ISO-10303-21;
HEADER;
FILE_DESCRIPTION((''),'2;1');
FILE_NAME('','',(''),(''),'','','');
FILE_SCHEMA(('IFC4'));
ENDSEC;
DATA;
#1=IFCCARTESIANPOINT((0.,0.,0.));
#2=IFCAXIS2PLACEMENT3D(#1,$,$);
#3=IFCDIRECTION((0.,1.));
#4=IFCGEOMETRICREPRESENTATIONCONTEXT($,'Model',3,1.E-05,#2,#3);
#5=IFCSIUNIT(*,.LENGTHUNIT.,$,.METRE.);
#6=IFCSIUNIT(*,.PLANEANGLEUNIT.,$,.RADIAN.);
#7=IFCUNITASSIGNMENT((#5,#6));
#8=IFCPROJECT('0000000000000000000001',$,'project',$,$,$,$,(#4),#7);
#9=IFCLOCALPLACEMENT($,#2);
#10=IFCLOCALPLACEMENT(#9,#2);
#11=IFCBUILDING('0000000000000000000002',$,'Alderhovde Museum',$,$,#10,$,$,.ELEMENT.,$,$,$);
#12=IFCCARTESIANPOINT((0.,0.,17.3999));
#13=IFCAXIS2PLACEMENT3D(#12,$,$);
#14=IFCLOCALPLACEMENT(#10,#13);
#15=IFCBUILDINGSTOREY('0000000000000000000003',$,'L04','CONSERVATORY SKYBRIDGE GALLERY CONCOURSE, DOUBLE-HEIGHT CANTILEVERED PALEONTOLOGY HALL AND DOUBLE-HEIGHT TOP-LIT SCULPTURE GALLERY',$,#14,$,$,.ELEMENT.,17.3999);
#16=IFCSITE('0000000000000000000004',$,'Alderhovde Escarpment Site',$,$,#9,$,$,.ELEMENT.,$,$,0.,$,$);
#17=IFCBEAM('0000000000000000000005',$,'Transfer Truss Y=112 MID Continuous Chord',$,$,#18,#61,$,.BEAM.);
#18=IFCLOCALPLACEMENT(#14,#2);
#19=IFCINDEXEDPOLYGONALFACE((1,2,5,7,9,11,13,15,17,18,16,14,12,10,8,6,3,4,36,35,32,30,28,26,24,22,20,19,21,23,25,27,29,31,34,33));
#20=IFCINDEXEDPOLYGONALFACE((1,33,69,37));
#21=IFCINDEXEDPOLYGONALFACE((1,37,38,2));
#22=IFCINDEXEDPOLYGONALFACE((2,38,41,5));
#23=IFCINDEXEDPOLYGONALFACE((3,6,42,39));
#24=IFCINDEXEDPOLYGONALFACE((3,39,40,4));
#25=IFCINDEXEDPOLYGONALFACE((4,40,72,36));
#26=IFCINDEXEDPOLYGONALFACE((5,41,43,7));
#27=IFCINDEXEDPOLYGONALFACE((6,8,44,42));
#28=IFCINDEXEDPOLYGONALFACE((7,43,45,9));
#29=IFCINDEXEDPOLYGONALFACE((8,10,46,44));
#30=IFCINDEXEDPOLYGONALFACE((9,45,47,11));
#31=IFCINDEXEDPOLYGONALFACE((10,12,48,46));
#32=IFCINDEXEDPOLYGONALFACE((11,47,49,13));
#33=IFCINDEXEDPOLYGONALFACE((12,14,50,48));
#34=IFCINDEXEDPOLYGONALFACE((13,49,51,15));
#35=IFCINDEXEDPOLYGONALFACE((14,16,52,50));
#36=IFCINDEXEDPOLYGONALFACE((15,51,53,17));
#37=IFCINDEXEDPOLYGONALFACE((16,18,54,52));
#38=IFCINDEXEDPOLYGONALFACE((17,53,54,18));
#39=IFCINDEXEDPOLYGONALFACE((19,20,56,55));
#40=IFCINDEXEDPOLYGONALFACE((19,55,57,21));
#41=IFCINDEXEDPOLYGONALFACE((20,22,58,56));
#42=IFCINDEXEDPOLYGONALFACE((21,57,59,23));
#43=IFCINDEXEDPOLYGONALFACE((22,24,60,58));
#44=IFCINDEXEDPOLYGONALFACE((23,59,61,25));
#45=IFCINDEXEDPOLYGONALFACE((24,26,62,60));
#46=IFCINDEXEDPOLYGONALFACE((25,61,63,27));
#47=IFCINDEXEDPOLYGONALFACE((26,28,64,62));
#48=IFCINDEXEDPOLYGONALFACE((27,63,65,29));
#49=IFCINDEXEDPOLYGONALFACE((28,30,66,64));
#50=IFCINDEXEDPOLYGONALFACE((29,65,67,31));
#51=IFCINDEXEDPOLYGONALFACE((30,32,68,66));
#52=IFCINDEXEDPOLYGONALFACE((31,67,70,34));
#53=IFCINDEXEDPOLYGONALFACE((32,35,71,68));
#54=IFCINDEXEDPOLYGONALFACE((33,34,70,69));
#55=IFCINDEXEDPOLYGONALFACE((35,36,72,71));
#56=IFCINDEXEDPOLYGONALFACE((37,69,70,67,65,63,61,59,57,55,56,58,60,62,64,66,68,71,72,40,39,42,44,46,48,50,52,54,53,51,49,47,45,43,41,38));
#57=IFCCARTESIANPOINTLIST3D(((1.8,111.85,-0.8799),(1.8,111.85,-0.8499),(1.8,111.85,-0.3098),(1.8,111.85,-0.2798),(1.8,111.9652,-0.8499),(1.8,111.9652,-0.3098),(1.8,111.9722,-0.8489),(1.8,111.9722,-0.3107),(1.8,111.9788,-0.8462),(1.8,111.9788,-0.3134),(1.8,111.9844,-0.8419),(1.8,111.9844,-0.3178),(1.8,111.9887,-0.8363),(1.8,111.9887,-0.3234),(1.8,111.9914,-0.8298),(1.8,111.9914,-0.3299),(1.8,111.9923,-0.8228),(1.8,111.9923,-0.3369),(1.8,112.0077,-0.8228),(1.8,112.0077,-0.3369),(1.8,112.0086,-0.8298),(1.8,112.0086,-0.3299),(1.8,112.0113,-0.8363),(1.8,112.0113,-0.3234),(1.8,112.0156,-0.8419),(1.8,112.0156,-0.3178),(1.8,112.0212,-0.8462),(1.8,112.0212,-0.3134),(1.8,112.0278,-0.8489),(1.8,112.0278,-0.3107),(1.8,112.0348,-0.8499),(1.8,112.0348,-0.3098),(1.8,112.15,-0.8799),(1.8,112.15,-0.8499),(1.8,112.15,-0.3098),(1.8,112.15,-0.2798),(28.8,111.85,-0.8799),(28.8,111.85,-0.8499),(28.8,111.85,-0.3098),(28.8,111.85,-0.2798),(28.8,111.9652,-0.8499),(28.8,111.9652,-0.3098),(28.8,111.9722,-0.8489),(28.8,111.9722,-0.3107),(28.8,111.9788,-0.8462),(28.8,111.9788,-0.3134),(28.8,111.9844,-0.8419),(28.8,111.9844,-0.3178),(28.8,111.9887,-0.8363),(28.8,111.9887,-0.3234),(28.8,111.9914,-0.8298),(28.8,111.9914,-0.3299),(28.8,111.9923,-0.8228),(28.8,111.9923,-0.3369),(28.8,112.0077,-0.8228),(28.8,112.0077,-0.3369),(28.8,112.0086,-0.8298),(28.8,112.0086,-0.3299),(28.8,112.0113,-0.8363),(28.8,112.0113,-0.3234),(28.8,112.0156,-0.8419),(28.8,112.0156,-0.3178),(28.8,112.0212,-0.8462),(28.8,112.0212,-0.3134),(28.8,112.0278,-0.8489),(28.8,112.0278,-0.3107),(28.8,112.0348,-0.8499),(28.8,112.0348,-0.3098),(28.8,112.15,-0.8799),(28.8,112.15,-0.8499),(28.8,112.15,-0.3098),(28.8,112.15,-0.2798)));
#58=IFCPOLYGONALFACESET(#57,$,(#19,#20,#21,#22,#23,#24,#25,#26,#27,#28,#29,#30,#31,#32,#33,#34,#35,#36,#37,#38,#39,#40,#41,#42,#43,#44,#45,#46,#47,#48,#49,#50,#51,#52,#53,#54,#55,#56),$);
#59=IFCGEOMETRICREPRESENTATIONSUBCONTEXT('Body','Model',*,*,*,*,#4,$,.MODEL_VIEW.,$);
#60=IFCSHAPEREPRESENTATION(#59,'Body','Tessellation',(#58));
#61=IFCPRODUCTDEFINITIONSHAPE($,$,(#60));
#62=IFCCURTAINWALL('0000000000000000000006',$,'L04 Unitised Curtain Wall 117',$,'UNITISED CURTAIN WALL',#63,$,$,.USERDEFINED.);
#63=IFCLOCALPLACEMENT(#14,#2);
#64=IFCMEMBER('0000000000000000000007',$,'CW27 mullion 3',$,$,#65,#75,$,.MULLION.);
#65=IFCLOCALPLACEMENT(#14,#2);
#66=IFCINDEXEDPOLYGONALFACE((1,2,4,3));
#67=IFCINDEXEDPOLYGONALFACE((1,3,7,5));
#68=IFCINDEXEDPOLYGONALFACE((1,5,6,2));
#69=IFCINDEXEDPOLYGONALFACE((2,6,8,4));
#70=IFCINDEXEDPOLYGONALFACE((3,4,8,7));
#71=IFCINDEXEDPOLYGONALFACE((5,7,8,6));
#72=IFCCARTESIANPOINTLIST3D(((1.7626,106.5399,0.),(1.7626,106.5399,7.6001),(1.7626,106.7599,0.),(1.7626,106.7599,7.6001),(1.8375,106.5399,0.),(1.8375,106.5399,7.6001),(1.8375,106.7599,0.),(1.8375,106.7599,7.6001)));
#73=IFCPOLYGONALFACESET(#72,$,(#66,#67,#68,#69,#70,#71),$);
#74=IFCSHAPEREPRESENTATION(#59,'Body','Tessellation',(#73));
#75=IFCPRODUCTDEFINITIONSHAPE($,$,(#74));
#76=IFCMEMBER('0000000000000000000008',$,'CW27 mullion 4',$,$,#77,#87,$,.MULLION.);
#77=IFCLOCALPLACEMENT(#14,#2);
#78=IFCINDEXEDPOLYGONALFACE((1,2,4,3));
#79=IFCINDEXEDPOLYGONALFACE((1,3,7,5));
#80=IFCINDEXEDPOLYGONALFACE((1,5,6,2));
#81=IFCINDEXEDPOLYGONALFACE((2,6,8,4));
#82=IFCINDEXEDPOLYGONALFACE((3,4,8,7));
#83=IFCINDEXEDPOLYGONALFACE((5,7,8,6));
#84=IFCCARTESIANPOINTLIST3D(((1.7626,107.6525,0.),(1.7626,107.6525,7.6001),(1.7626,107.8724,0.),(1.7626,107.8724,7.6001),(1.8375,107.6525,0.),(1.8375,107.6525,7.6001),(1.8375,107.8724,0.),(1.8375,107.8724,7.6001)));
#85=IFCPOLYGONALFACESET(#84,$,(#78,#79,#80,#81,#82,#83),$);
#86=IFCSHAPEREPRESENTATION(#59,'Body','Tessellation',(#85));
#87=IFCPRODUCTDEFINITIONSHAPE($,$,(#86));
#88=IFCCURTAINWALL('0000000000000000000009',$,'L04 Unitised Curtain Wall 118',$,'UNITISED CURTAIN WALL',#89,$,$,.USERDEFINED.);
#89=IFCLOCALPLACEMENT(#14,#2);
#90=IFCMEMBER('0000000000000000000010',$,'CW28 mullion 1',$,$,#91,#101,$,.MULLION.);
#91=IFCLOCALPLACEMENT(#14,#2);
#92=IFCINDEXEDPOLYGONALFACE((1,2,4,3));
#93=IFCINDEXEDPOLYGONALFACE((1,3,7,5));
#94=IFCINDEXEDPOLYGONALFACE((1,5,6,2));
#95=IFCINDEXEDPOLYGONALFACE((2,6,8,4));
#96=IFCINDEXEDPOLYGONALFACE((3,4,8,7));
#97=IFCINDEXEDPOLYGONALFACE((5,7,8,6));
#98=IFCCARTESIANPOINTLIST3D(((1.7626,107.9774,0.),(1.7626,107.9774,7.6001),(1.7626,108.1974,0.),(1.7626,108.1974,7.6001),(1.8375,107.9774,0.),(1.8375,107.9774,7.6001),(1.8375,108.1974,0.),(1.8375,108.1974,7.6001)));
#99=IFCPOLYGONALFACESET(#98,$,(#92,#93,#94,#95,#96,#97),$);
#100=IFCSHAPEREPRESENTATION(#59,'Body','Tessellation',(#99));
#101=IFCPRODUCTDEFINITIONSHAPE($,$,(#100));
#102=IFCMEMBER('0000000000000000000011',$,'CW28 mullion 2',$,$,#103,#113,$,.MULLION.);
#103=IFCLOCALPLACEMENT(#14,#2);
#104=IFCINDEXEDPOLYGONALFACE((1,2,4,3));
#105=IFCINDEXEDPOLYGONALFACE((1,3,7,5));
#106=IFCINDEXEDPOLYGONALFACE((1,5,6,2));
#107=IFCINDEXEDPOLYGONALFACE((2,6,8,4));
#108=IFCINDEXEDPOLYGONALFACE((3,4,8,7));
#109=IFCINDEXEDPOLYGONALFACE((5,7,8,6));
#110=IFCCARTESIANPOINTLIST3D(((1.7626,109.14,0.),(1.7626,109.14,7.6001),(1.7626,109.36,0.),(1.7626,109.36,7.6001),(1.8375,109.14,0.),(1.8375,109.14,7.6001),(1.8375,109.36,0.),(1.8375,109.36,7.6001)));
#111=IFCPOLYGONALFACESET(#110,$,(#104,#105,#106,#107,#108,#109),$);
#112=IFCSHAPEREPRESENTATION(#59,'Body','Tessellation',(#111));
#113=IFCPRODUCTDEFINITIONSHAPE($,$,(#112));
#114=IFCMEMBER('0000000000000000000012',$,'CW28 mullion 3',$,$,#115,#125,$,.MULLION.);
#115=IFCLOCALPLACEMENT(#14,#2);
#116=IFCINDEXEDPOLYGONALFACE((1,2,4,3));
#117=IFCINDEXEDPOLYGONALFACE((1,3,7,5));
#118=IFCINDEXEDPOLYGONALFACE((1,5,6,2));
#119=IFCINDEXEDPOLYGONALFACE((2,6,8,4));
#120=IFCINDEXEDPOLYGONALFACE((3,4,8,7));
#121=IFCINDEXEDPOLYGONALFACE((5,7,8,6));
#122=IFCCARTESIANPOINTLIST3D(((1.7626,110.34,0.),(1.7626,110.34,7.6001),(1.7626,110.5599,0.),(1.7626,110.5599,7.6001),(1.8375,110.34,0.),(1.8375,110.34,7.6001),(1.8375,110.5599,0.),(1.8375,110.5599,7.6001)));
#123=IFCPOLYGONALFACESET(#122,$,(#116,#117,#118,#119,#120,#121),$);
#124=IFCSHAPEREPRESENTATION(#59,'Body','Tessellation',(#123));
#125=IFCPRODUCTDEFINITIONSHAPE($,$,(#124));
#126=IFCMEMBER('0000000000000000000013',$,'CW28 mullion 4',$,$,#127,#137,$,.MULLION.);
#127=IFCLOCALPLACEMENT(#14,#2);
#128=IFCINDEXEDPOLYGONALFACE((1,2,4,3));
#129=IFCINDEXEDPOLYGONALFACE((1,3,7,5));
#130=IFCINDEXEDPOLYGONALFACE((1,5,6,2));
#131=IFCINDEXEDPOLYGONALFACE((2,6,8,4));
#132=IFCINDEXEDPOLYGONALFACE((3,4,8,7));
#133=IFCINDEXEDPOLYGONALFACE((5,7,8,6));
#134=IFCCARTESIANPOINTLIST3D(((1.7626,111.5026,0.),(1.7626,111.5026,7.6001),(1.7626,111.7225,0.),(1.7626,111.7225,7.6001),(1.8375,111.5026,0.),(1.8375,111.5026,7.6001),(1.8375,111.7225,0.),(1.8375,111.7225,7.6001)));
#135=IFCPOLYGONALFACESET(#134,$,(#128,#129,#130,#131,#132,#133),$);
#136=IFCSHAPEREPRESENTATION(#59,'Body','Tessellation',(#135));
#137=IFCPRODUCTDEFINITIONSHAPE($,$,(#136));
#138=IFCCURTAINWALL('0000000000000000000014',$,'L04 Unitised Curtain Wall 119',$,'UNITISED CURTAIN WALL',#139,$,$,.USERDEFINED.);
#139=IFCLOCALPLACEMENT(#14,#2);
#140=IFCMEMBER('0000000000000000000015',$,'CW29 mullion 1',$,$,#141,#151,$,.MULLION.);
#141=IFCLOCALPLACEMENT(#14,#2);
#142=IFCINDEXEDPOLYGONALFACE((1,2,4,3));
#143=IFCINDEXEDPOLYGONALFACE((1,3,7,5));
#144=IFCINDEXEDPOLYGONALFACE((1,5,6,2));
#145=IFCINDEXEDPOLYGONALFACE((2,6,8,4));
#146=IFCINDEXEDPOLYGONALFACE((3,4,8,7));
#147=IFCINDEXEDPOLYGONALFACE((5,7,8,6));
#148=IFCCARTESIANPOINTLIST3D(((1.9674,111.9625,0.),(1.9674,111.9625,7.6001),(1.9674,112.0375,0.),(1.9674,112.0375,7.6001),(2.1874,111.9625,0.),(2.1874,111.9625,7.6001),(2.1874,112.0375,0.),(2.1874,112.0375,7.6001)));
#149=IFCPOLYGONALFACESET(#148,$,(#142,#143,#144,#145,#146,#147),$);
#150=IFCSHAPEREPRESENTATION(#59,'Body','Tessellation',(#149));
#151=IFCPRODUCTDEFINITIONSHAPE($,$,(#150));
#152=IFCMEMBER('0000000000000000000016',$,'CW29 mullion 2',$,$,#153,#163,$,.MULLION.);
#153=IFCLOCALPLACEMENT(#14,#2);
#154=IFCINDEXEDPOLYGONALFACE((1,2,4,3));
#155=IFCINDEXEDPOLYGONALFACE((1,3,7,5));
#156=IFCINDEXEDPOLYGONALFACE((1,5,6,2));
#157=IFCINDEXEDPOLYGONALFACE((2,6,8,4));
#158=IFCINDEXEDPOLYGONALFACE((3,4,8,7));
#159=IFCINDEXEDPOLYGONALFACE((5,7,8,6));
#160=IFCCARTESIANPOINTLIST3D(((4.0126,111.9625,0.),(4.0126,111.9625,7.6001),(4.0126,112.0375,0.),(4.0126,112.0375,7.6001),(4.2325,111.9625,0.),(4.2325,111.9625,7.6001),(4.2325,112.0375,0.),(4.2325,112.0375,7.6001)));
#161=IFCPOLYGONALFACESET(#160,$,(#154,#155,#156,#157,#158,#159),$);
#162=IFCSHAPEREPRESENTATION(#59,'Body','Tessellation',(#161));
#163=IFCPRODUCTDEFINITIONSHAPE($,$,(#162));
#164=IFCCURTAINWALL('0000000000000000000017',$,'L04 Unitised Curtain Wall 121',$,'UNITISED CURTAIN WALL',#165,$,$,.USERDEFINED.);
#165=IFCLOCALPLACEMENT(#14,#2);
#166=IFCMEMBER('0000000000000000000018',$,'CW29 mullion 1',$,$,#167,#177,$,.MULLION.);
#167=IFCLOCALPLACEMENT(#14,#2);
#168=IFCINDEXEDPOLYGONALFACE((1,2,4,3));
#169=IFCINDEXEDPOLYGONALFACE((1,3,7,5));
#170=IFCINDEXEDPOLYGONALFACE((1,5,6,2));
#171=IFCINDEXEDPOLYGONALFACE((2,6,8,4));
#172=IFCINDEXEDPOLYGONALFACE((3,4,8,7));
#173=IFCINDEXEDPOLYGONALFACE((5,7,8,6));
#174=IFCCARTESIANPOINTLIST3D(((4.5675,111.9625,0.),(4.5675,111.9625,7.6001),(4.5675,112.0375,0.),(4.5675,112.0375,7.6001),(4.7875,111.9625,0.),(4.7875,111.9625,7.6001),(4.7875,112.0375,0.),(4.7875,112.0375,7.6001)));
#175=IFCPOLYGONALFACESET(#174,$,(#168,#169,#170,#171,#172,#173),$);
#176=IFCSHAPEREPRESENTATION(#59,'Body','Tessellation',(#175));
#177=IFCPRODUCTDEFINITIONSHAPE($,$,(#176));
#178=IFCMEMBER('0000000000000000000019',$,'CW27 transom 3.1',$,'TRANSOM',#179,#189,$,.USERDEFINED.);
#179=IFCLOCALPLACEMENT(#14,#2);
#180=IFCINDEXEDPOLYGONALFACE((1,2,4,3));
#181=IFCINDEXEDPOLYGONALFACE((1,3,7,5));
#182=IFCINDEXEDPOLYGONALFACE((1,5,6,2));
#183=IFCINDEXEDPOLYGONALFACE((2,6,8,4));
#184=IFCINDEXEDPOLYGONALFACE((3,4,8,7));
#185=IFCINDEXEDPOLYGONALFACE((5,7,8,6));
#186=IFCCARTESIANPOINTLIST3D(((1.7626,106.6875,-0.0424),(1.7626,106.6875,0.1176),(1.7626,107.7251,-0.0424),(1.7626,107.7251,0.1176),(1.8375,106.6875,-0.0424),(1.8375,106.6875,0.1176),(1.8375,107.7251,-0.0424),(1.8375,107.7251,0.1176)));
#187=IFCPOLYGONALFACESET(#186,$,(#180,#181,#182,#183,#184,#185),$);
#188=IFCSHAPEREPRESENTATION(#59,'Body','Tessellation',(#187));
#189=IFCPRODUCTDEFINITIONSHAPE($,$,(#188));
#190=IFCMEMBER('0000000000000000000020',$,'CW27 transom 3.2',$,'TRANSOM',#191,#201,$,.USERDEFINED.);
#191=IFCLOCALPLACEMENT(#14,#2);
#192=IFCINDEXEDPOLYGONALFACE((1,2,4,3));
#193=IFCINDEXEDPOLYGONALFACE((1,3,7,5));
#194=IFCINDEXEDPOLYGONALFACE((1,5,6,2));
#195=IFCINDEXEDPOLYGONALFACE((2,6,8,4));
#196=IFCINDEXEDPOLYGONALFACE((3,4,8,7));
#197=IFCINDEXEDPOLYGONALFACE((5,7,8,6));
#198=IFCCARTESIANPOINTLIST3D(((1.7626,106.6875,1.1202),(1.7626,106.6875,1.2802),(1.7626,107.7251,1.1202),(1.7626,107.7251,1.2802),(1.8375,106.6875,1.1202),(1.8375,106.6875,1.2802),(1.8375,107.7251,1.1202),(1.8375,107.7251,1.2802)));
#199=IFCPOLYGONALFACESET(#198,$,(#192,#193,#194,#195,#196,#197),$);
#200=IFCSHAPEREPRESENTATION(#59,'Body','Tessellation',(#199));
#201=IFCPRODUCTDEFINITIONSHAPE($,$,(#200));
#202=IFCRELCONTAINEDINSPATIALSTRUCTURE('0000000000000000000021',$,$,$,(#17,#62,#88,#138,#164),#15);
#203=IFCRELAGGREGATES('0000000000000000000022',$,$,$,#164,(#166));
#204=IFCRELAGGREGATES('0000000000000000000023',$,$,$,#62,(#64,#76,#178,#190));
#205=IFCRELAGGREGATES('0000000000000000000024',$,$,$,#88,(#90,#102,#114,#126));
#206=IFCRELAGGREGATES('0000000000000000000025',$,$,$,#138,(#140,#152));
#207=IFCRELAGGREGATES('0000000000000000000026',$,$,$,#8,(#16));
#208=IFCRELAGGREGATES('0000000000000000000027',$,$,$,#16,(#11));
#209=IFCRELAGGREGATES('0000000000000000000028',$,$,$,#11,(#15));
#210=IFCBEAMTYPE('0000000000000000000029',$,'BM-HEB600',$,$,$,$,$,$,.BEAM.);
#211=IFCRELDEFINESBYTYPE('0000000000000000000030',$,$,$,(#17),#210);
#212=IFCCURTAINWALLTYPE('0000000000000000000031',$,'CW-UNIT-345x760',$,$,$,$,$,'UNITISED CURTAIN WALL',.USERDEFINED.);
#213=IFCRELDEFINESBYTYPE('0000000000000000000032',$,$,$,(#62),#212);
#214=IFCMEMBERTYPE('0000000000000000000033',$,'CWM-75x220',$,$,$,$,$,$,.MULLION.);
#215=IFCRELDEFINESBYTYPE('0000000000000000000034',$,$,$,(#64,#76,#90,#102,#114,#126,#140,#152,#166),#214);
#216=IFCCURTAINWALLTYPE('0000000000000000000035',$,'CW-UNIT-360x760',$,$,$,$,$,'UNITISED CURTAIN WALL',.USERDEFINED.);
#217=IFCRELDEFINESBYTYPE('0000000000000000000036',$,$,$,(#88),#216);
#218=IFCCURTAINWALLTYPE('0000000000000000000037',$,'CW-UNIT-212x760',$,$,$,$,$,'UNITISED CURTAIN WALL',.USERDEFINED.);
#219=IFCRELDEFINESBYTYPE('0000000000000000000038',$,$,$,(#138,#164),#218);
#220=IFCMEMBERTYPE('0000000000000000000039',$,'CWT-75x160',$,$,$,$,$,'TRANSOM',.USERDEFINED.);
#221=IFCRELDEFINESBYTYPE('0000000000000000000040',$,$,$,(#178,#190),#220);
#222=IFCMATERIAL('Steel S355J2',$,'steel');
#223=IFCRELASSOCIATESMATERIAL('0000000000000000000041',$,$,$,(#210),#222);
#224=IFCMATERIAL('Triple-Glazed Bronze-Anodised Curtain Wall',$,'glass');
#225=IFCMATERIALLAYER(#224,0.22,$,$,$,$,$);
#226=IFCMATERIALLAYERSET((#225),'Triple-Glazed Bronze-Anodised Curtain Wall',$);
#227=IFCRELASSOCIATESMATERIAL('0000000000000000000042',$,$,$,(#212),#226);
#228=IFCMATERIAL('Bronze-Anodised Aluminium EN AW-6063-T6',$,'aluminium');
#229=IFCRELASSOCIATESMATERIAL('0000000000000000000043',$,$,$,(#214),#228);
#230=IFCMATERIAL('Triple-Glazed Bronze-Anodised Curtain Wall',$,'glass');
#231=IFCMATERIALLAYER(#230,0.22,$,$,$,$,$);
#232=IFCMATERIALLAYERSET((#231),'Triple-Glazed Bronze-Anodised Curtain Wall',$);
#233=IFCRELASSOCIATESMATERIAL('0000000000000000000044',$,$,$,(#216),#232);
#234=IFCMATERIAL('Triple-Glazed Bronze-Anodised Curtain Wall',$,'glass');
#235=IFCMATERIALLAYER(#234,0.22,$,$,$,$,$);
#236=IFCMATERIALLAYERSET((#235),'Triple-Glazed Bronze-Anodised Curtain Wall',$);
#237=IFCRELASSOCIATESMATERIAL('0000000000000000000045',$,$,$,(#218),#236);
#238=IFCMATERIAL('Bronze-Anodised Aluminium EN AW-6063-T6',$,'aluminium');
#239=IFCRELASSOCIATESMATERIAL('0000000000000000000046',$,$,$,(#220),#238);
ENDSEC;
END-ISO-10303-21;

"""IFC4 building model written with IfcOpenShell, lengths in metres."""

from ifc_helpers import new_model, si_unit, direction, frame, origin, origin_2d, place, context, subcontext, project, spatial, rectangle, i_section, extrude, material, layer, layer_set, material_profile, profile_set, type_object, element, aggregate, save


model = new_model("IFC4")

# Units and contexts
model_context = context("Model", 3, precision=1e-05, world=origin(), true_north=direction((0.0, 1.0)))
body_context = subcontext(model_context, "Body", "Model", "MODEL_VIEW")
ifc_project = project(units=[si_unit("LENGTHUNIT", "METRE"), si_unit("PLANEANGLEUNIT", "RADIAN")], contexts=[model_context])

# Site, building, storey
site_placement = place(None, origin())
site = spatial("IfcSite", under=ifc_project, at=site_placement, Name="Alderhovde Escarpment Site", CompositionType="ELEMENT", RefElevation=0.0)
building_placement = place(site_placement, origin())
building = spatial("IfcBuilding", under=site, at=building_placement, Name="Alderhovde Museum", CompositionType="ELEMENT")
storey_placement = place(building_placement, frame((0.0, 0.0, 17.3999)))
storey = spatial("IfcBuildingStorey", under=building, at=storey_placement, Name="L04", Description="CONSERVATORY SKYBRIDGE GALLERY CONCOURSE, DOUBLE-HEIGHT CANTILEVERED PALEONTOLOGY HALL AND DOUBLE-HEIGHT TOP-LIT SCULPTURE GALLERY", CompositionType="ELEMENT", Elevation=17.3999)

# Beam
ifc_material_1 = material(Name="Steel S355J2", Category="steel")
ifc_material_profile_1 = material_profile(ifc_material_1, i_section(OverallWidth=0.3, OverallDepth=0.6001, WebThickness=0.0154, FlangeThickness=0.03, FilletRadius=0.0271, at=origin_2d()), Name="HEB 600")
ifc_profile_set_1 = profile_set([ifc_material_profile_1], Name="Steel S355J2")
beam_type = type_object("IfcBeamType", Name="BM-HEB600", PredefinedType="BEAM", material=ifc_profile_set_1)
beam_placement = place(storey_placement, frame((1.8, 112.0, -0.5798), z_axis=(1.0, 0.0, 0.0), x_axis=(0.0, 1.0, 0.0)))
element("IfcBeam", 1, at=beam_placement, inside=storey, type_object=beam_type, Name="Transfer Truss Y=112 MID Continuous Chord", PredefinedType="BEAM", context=body_context, shape_type="SweptSolid", body=[
    extrude(i_section(OverallWidth=0.3, OverallDepth=0.6001, WebThickness=0.0154, FlangeThickness=0.03, FilletRadius=0.0271, at=origin_2d()), origin(), (0.0, 0.0, 1.0), 27.0),
])

# Curtain walls, members
ifc_material_2 = material(Name="Triple-Glazed Bronze-Anodised Curtain Wall", Category="glass")
ifc_layer_1 = layer(ifc_material_2, 0.22)
ifc_layer_set_1 = layer_set([ifc_layer_1], Name="Triple-Glazed Bronze-Anodised Curtain Wall")
curtain_wall_type_1 = type_object("IfcCurtainWallType", Name="CW-UNIT-345x760", ElementType="UNITISED CURTAIN WALL", PredefinedType="USERDEFINED", material=ifc_layer_set_1)
curtain_wall_1_placement = place(storey_placement, origin())
curtain_wall_1 = element("IfcCurtainWall", 2, at=curtain_wall_1_placement, inside=storey, type_object=curtain_wall_type_1, Name="L04 Unitised Curtain Wall 117", ObjectType="UNITISED CURTAIN WALL", PredefinedType="USERDEFINED")
ifc_material_3 = material(Name="Bronze-Anodised Aluminium EN AW-6063-T6", Category="aluminium")
ifc_material_profile_2 = material_profile(ifc_material_3, rectangle(XDim=0.075, YDim=0.22, at=origin_2d()), Name="MULLION 75x220")
ifc_profile_set_2 = profile_set([ifc_material_profile_2], Name="Bronze-Anodised Aluminium EN AW-6063-T6")
member_type_1 = type_object("IfcMemberType", Name="CWM-75x220", PredefinedType="MULLION", material=ifc_profile_set_2)
member_1_placement = place(storey_placement, frame((1.8, 106.6499, 0.0), z_axis=(0.0, 0.0, 1.0), x_axis=(-1.0, 0.0, 0.0)))
member_1 = element("IfcMember", 3, at=member_1_placement, type_object=member_type_1, Name="CW27 mullion 3", PredefinedType="MULLION", context=body_context, shape_type="SweptSolid", body=[
    extrude(rectangle(XDim=0.075, YDim=0.22, at=origin_2d()), origin(), (0.0, 0.0, 1.0), 7.6001),
])
member_2_placement = place(storey_placement, frame((1.8, 107.7625, 0.0), z_axis=(0.0, 0.0, 1.0), x_axis=(-1.0, 0.0, 0.0)))
member_2 = element("IfcMember", 4, at=member_2_placement, type_object=member_type_1, Name="CW27 mullion 4", PredefinedType="MULLION", context=body_context, shape_type="SweptSolid", body=[
    extrude(rectangle(XDim=0.075, YDim=0.22, at=origin_2d()), origin(), (0.0, 0.0, 1.0), 7.6001),
])
ifc_material_4 = material(Name="Triple-Glazed Bronze-Anodised Curtain Wall", Category="glass")
ifc_layer_2 = layer(ifc_material_4, 0.22)
ifc_layer_set_2 = layer_set([ifc_layer_2], Name="Triple-Glazed Bronze-Anodised Curtain Wall")
curtain_wall_type_2 = type_object("IfcCurtainWallType", Name="CW-UNIT-360x760", ElementType="UNITISED CURTAIN WALL", PredefinedType="USERDEFINED", material=ifc_layer_set_2)
curtain_wall_2_placement = place(storey_placement, origin())
curtain_wall_2 = element("IfcCurtainWall", 5, at=curtain_wall_2_placement, inside=storey, type_object=curtain_wall_type_2, Name="L04 Unitised Curtain Wall 118", ObjectType="UNITISED CURTAIN WALL", PredefinedType="USERDEFINED")
member_3_placement = place(storey_placement, frame((1.8, 108.0874, 0.0), z_axis=(0.0, 0.0, 1.0), x_axis=(-1.0, 0.0, 0.0)))
member_3 = element("IfcMember", 6, at=member_3_placement, type_object=member_type_1, Name="CW28 mullion 1", PredefinedType="MULLION", context=body_context, shape_type="SweptSolid", body=[
    extrude(rectangle(XDim=0.075, YDim=0.22, at=origin_2d()), origin(), (0.0, 0.0, 1.0), 7.6001),
])
member_4_placement = place(storey_placement, frame((1.8, 109.25, 0.0), z_axis=(0.0, 0.0, 1.0), x_axis=(-1.0, 0.0, 0.0)))
member_4 = element("IfcMember", 7, at=member_4_placement, type_object=member_type_1, Name="CW28 mullion 2", PredefinedType="MULLION", context=body_context, shape_type="SweptSolid", body=[
    extrude(rectangle(XDim=0.075, YDim=0.22, at=origin_2d()), origin(), (0.0, 0.0, 1.0), 7.6001),
])
member_5_placement = place(storey_placement, frame((1.8, 110.45, 0.0), z_axis=(0.0, 0.0, 1.0), x_axis=(-1.0, 0.0, 0.0)))
member_5 = element("IfcMember", 8, at=member_5_placement, type_object=member_type_1, Name="CW28 mullion 3", PredefinedType="MULLION", context=body_context, shape_type="SweptSolid", body=[
    extrude(rectangle(XDim=0.075, YDim=0.22, at=origin_2d()), origin(), (0.0, 0.0, 1.0), 7.6001),
])
member_6_placement = place(storey_placement, frame((1.8, 111.6125, 0.0), z_axis=(0.0, 0.0, 1.0), x_axis=(-1.0, 0.0, 0.0)))
member_6 = element("IfcMember", 9, at=member_6_placement, type_object=member_type_1, Name="CW28 mullion 4", PredefinedType="MULLION", context=body_context, shape_type="SweptSolid", body=[
    extrude(rectangle(XDim=0.075, YDim=0.22, at=origin_2d()), origin(), (0.0, 0.0, 1.0), 7.6001),
])
ifc_material_5 = material(Name="Triple-Glazed Bronze-Anodised Curtain Wall", Category="glass")
ifc_layer_3 = layer(ifc_material_5, 0.22)
ifc_layer_set_3 = layer_set([ifc_layer_3], Name="Triple-Glazed Bronze-Anodised Curtain Wall")
curtain_wall_type_3 = type_object("IfcCurtainWallType", Name="CW-UNIT-212x760", ElementType="UNITISED CURTAIN WALL", PredefinedType="USERDEFINED", material=ifc_layer_set_3)
curtain_wall_3_placement = place(storey_placement, origin())
curtain_wall_3 = element("IfcCurtainWall", 10, at=curtain_wall_3_placement, inside=storey, type_object=curtain_wall_type_3, Name="L04 Unitised Curtain Wall 119", ObjectType="UNITISED CURTAIN WALL", PredefinedType="USERDEFINED")
member_7_placement = place(storey_placement, frame((2.0774, 112.0, 0.0), z_axis=(0.0, 0.0, 1.0), x_axis=(0.0, 1.0, 0.0)))
member_7 = element("IfcMember", 11, at=member_7_placement, type_object=member_type_1, Name="CW29 mullion 1", PredefinedType="MULLION", context=body_context, shape_type="SweptSolid", body=[
    extrude(rectangle(XDim=0.075, YDim=0.22, at=origin_2d()), origin(), (0.0, 0.0, 1.0), 7.6001),
])
member_8_placement = place(storey_placement, frame((4.1226, 112.0, 0.0), z_axis=(0.0, 0.0, 1.0), x_axis=(0.0, 1.0, 0.0)))
member_8 = element("IfcMember", 12, at=member_8_placement, type_object=member_type_1, Name="CW29 mullion 2", PredefinedType="MULLION", context=body_context, shape_type="SweptSolid", body=[
    extrude(rectangle(XDim=0.075, YDim=0.22, at=origin_2d()), origin(), (0.0, 0.0, 1.0), 7.6001),
])

# Curtain wall, member
curtain_wall_4_placement = place(storey_placement, origin())
curtain_wall_4 = element("IfcCurtainWall", 13, at=curtain_wall_4_placement, inside=storey, type_object=curtain_wall_type_3, Name="L04 Unitised Curtain Wall 121", ObjectType="UNITISED CURTAIN WALL", PredefinedType="USERDEFINED")
member_9_placement = place(storey_placement, frame((4.6775, 112.0, 0.0), z_axis=(0.0, 0.0, 1.0), x_axis=(0.0, 1.0, 0.0)))
member_9 = element("IfcMember", 14, at=member_9_placement, type_object=member_type_1, Name="CW29 mullion 1", PredefinedType="MULLION", context=body_context, shape_type="SweptSolid", body=[
    extrude(rectangle(XDim=0.075, YDim=0.22, at=origin_2d()), origin(), (0.0, 0.0, 1.0), 7.6001),
])
aggregate(curtain_wall_4, [member_9])

# Members
ifc_material_6 = material(Name="Bronze-Anodised Aluminium EN AW-6063-T6", Category="aluminium")
ifc_material_profile_3 = material_profile(ifc_material_6, rectangle(XDim=0.075, YDim=0.1599, at=origin_2d()), Name="TRANSOM 75x160")
ifc_profile_set_3 = profile_set([ifc_material_profile_3], Name="Bronze-Anodised Aluminium EN AW-6063-T6")
member_type_2 = type_object("IfcMemberType", Name="CWT-75x160", ElementType="TRANSOM", PredefinedType="USERDEFINED", material=ifc_profile_set_3)
member_10_placement = place(storey_placement, frame((1.8, 106.6875, 0.0376), z_axis=(0.0, 1.0, 0.0), x_axis=(-1.0, 0.0, 0.0)))
member_10 = element("IfcMember", 15, at=member_10_placement, type_object=member_type_2, Name="CW27 transom 3.1", ObjectType="TRANSOM", PredefinedType="USERDEFINED", context=body_context, shape_type="SweptSolid", body=[
    extrude(rectangle(XDim=0.075, YDim=0.1599, at=origin_2d()), origin(), (0.0, 0.0, 1.0), 1.0376),
])
member_11_placement = place(storey_placement, frame((1.8, 106.6875, 1.2002), z_axis=(0.0, 1.0, 0.0), x_axis=(-1.0, 0.0, 0.0)))
member_11 = element("IfcMember", 16, at=member_11_placement, type_object=member_type_2, Name="CW27 transom 3.2", ObjectType="TRANSOM", PredefinedType="USERDEFINED", context=body_context, shape_type="SweptSolid", body=[
    extrude(rectangle(XDim=0.075, YDim=0.1599, at=origin_2d()), origin(), (0.0, 0.0, 1.0), 1.0376),
])

aggregate(curtain_wall_1, [member_1, member_2, member_10, member_11])
aggregate(curtain_wall_2, [member_3, member_4, member_5, member_6])
aggregate(curtain_wall_3, [member_7, member_8])

save(model, "model.ifc")
